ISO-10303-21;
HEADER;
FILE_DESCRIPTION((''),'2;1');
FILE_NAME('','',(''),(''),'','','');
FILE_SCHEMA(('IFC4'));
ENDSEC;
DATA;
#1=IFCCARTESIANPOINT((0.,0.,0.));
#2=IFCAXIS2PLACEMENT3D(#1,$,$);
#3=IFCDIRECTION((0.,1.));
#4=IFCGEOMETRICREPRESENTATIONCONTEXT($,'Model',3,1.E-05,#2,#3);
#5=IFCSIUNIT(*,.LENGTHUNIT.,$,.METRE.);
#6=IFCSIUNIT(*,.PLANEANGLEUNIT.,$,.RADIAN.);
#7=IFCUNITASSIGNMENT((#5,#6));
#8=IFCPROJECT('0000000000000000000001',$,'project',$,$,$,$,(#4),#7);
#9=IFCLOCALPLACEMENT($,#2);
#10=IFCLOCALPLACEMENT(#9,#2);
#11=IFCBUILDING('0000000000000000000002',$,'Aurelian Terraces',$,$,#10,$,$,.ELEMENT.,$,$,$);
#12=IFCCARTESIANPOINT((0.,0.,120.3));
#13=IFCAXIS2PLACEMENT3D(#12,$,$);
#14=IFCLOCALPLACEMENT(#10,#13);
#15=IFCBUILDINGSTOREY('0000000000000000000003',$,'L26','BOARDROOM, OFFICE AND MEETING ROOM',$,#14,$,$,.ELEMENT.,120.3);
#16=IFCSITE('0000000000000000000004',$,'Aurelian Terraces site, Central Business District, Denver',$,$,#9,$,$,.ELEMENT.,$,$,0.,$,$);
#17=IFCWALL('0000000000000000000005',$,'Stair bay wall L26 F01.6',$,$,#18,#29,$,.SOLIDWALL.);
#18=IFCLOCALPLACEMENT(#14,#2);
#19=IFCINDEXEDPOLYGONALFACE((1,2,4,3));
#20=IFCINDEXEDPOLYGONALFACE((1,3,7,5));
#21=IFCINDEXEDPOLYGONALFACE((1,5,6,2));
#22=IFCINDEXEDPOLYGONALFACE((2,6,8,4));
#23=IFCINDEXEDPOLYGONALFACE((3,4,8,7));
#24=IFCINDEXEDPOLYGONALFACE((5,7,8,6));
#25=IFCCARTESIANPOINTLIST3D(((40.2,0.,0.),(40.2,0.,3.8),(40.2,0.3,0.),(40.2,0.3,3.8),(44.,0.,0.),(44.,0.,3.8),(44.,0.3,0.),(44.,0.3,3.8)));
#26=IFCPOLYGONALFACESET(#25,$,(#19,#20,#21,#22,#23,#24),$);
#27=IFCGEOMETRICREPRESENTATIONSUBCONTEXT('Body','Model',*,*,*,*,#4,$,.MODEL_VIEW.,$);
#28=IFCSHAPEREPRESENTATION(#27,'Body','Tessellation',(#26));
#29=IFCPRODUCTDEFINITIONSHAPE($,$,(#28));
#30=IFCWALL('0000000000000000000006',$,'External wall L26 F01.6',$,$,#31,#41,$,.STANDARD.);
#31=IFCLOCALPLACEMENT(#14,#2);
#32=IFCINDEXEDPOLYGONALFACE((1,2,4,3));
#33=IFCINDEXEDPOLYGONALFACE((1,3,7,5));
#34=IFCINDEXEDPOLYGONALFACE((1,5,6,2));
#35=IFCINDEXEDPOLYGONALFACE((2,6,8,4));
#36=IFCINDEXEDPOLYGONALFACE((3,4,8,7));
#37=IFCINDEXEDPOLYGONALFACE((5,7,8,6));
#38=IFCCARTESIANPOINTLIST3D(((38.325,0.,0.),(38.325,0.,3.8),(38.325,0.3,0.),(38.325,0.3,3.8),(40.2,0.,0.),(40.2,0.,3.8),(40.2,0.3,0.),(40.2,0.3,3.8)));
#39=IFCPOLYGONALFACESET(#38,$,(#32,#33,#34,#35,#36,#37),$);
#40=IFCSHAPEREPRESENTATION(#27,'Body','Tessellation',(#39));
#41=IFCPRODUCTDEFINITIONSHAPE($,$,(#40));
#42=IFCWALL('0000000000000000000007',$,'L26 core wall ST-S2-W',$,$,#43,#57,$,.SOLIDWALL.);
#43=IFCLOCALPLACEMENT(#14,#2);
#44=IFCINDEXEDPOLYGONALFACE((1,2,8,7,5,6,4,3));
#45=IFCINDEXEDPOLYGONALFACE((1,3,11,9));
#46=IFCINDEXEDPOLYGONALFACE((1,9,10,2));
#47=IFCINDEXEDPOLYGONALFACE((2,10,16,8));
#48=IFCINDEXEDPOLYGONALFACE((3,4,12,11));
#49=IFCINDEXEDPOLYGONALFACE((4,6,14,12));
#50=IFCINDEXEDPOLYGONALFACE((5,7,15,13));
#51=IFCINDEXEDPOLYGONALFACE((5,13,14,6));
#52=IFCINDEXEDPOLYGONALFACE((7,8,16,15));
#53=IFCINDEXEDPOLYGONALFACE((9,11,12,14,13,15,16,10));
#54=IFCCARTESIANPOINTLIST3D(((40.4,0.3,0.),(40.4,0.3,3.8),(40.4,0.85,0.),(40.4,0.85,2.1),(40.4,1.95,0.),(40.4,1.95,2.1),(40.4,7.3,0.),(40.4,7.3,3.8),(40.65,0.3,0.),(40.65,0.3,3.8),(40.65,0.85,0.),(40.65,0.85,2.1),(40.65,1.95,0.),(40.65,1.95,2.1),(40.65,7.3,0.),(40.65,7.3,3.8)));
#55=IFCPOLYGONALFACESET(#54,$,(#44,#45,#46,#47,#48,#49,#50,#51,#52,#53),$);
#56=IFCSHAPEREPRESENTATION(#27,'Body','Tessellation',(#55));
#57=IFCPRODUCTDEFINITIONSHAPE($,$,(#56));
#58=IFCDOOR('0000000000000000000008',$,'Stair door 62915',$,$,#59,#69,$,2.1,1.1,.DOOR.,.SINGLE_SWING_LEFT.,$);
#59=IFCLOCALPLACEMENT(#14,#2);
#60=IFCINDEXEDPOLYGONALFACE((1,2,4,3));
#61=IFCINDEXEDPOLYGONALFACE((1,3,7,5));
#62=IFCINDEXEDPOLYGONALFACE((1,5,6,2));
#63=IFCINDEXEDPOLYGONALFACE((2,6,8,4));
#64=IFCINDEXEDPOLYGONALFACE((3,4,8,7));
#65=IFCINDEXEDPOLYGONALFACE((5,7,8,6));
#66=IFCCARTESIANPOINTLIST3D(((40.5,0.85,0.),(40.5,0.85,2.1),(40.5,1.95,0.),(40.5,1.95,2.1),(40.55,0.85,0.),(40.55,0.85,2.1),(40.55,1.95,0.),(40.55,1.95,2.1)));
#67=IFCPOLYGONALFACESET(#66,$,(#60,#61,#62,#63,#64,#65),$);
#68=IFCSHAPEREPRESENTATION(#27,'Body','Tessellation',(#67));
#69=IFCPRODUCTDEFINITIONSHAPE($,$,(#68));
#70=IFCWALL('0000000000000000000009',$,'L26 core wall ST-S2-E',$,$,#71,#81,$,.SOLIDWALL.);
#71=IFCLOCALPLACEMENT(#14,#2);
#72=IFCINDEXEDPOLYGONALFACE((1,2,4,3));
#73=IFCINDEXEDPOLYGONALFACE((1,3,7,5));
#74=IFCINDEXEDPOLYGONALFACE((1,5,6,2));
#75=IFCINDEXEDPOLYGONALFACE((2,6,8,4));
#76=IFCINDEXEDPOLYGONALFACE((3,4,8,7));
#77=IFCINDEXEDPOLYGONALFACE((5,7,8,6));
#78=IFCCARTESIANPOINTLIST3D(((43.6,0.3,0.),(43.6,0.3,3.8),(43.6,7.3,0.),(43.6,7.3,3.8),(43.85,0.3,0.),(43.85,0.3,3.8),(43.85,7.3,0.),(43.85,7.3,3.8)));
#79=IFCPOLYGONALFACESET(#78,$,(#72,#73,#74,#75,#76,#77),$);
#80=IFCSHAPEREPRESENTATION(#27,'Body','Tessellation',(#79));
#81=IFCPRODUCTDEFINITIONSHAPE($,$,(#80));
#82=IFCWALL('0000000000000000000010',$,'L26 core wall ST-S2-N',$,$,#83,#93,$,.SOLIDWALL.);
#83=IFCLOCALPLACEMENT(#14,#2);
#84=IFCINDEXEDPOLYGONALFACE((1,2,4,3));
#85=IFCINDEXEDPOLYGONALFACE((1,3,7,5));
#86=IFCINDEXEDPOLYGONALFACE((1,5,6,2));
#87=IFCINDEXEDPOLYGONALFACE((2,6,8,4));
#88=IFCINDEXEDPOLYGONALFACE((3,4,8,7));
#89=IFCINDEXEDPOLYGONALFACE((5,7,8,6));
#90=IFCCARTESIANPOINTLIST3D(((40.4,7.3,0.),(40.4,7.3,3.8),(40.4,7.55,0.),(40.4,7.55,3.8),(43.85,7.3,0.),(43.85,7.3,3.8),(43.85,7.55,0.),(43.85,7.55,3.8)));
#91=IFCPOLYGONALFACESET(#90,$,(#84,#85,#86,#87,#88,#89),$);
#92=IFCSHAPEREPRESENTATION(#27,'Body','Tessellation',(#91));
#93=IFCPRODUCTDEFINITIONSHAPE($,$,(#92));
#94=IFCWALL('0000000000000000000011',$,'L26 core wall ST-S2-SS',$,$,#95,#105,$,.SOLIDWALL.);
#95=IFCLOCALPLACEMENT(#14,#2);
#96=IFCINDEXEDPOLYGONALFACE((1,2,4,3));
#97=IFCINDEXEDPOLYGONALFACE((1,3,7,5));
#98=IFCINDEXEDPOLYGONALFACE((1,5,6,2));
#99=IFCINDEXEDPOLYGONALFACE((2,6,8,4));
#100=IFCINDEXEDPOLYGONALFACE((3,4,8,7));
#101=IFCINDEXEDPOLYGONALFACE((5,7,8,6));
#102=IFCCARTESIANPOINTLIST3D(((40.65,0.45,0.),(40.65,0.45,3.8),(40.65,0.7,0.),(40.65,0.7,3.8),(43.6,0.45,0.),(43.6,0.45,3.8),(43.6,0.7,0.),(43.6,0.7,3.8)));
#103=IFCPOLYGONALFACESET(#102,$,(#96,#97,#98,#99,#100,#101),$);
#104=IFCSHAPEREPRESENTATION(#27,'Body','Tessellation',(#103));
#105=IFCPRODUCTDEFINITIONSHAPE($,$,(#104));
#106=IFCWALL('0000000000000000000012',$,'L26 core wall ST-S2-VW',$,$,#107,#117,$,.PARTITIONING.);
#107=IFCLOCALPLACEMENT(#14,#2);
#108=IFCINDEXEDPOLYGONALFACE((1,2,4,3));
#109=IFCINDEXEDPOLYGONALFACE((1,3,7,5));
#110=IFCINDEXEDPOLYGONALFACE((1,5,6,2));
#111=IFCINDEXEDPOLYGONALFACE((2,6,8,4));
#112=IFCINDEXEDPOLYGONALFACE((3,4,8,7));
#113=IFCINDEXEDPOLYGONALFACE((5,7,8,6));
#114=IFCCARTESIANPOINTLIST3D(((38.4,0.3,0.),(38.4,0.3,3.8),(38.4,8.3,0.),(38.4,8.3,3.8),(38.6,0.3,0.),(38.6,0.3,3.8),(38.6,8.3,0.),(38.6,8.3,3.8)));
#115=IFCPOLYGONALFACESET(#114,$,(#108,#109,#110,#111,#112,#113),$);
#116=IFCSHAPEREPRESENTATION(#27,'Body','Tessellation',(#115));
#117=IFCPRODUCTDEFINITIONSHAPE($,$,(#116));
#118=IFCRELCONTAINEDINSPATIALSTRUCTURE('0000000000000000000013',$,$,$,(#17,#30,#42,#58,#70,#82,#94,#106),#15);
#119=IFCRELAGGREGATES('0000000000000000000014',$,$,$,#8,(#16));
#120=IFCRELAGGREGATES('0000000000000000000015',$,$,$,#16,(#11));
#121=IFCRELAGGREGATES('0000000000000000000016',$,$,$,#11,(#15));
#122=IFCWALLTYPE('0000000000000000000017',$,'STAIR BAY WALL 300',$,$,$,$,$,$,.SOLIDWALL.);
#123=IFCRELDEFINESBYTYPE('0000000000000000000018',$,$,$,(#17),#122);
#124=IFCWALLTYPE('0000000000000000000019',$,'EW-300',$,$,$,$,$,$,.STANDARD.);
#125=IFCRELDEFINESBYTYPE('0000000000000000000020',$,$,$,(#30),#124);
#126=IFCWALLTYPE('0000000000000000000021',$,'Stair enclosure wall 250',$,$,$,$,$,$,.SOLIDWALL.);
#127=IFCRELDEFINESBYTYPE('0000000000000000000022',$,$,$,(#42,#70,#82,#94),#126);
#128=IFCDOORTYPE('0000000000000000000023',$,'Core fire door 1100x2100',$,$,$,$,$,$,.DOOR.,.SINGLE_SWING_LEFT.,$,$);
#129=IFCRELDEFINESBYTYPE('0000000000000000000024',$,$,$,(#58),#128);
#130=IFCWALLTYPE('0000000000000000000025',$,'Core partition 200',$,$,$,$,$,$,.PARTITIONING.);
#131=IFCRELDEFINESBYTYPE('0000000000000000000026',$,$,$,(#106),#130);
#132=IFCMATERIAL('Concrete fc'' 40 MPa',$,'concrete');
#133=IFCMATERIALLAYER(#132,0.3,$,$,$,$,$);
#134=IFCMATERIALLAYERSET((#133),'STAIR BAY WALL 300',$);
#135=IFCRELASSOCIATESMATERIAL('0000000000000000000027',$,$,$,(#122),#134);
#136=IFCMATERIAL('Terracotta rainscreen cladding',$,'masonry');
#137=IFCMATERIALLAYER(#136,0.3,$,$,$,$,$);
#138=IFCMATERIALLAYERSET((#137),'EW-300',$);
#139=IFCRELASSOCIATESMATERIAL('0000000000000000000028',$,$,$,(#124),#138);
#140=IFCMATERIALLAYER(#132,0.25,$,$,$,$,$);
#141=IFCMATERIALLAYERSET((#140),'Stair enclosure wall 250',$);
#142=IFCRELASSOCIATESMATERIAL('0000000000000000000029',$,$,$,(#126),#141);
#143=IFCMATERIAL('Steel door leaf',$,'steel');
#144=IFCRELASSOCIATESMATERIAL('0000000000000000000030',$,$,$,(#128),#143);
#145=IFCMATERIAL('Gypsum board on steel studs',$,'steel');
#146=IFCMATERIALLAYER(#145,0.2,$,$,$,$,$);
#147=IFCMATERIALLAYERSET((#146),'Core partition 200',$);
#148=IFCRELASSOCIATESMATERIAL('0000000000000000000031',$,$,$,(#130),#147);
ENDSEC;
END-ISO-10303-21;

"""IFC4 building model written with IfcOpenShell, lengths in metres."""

from ifc_helpers import new_model, si_unit, direction, frame, frame_2d, origin, place, context, subcontext, project, spatial, rectangle, extrude, source, transform, mapped, material, layer, layer_set, type_object, element, fill, save


model = new_model("IFC4")

# Units and contexts
model_context = context("Model", 3, precision=1e-05, world=origin(), true_north=direction((0.0, 1.0)))
body_context = subcontext(model_context, "Body", "Model", "MODEL_VIEW")
ifc_project = project(units=[si_unit("LENGTHUNIT", "METRE"), si_unit("PLANEANGLEUNIT", "RADIAN")], contexts=[model_context])

# Site, building, storey
site_placement = place(None, origin())
site = spatial("IfcSite", under=ifc_project, at=site_placement, Name="Aurelian Terraces site, Central Business District, Denver", CompositionType="ELEMENT", RefElevation=0.0)
building_placement = place(site_placement, origin())
building = spatial("IfcBuilding", under=site, at=building_placement, Name="Aurelian Terraces", CompositionType="ELEMENT")
storey_placement = place(building_placement, frame((0.0, 0.0, 120.3)))
storey = spatial("IfcBuildingStorey", under=building, at=storey_placement, Name="L26", Description="BOARDROOM, OFFICE AND MEETING ROOM", CompositionType="ELEMENT", Elevation=120.3)

# Walls
ifc_material_1 = material(Name="Concrete fc' 40 MPa", Category="concrete")
ifc_layer_1 = layer(ifc_material_1, 0.3)
ifc_layer_set_1 = layer_set([ifc_layer_1], Name="STAIR BAY WALL 300")
wall_type_1 = type_object("IfcWallType", Name="STAIR BAY WALL 300", PredefinedType="SOLIDWALL", material=ifc_layer_set_1)
shared_shape_1 = source(origin(), body_context, "Body", "SweptSolid", [
    extrude(rectangle(XDim=3.8, YDim=0.3, at=frame_2d((1.9, 0.0))), origin(), (0.0, 0.0, 1.0), 3.8),
])
wall_1_placement = place(storey_placement, frame((40.2, 0.15, 0.0), z_axis=(0.0, 0.0, 1.0), x_axis=(1.0, 0.0, 0.0)))
element("IfcWall", 1, at=wall_1_placement, inside=storey, type_object=wall_type_1, Name="Stair bay wall L26 F01.6", PredefinedType="SOLIDWALL", context=body_context, shape_type="MappedRepresentation", body=[
    mapped(shared_shape_1, transform((0.0, 0.0, 0.0), scale=1.0)),
])
ifc_material_2 = material(Name="Terracotta rainscreen cladding", Category="masonry")
ifc_layer_2 = layer(ifc_material_2, 0.3)
ifc_layer_set_2 = layer_set([ifc_layer_2], Name="EW-300")
wall_type_2 = type_object("IfcWallType", Name="EW-300", PredefinedType="STANDARD", material=ifc_layer_set_2)
shared_shape_2 = source(origin(), body_context, "Body", "SweptSolid", [
    extrude(rectangle(XDim=1.875, YDim=0.3, at=frame_2d((0.9375, 0.0))), origin(), (0.0, 0.0, 1.0), 3.8),
])
wall_2_placement = place(storey_placement, frame((38.325, 0.15, 0.0), z_axis=(0.0, 0.0, 1.0), x_axis=(1.0, 0.0, 0.0)))
element("IfcWall", 2, at=wall_2_placement, inside=storey, type_object=wall_type_2, Name="External wall L26 F01.6", PredefinedType="STANDARD", context=body_context, shape_type="MappedRepresentation", body=[
    mapped(shared_shape_2, transform((0.0, 0.0, 0.0), scale=1.0)),
])

# Wall, opening, door
ifc_layer_3 = layer(ifc_material_1, 0.25)
ifc_layer_set_3 = layer_set([ifc_layer_3], Name="Stair enclosure wall 250")
wall_type_3 = type_object("IfcWallType", Name="Stair enclosure wall 250", PredefinedType="SOLIDWALL", material=ifc_layer_set_3)
shared_shape_3 = source(origin(), body_context, "Body", "SweptSolid", [
    extrude(rectangle(XDim=7.0, YDim=0.25, at=frame_2d((3.5, 0.0))), origin(), (0.0, 0.0, 1.0), 3.8),
])
wall_3_placement = place(storey_placement, frame((40.525, 0.3, 0.0), z_axis=(0.0, 0.0, 1.0), x_axis=(0.0, 1.0, 0.0)))
wall_3 = element("IfcWall", 3, at=wall_3_placement, inside=storey, type_object=wall_type_3, Name="L26 core wall ST-S2-W", PredefinedType="SOLIDWALL", context=body_context, shape_type="MappedRepresentation", body=[
    mapped(shared_shape_3, transform((0.0, 0.0, 0.0), scale=1.0)),
])
shared_shape_4 = source(origin(), body_context, "Body", "SweptSolid", [
    extrude(rectangle(XDim=1.1, YDim=2.1, at=frame_2d((0.55, 1.05))), frame((0.0, 0.135, 0.0), z_axis=(0.0, -1.0, 0.0), x_axis=(1.0, 0.0, 0.0)), (0.0, 0.0, 1.0), 0.27),
])
opening_1_placement = place(wall_3_placement, frame((0.55, 0.0, 0.0)))
opening_1 = element("IfcOpeningElement", 4, at=opening_1_placement, cuts=wall_3, PredefinedType="OPENING", context=body_context, shape_type="MappedRepresentation", body=[
    mapped(shared_shape_4, transform((0.0, 0.0, 0.0), scale=1.0)),
])
ifc_material_3 = material(Name="Steel door leaf", Category="steel")
door_type_1 = type_object("IfcDoorType", Name="Core fire door 1100x2100", OperationType="SINGLE_SWING_LEFT", PredefinedType="DOOR", material=ifc_material_3)
shared_shape_5 = source(origin(), body_context, "Body", "SweptSolid", [
    extrude(rectangle(XDim=1.1, YDim=2.1, at=frame_2d((0.55, 1.05))), frame((0.0, 0.025, 0.0), z_axis=(0.0, -1.0, 0.0), x_axis=(1.0, 0.0, 0.0)), (0.0, 0.0, 1.0), 0.05),
])
door_1_placement = place(opening_1_placement, origin())
door_1 = element("IfcDoor", 5, at=door_1_placement, inside=storey, type_object=door_type_1, Name="Stair door 62915", OperationType="SINGLE_SWING_LEFT", OverallHeight=2.1, OverallWidth=1.1, PredefinedType="DOOR", context=body_context, shape_type="MappedRepresentation", body=[
    mapped(shared_shape_5, transform((0.0, 0.0, 0.0), scale=1.0)),
])
fill(opening_1, door_1)

# Walls
wall_4_placement = place(storey_placement, frame((43.725, 0.3, 0.0), z_axis=(0.0, 0.0, 1.0), x_axis=(0.0, 1.0, 0.0)))
element("IfcWall", 6, at=wall_4_placement, inside=storey, type_object=wall_type_3, Name="L26 core wall ST-S2-E", PredefinedType="SOLIDWALL", context=body_context, shape_type="MappedRepresentation", body=[
    mapped(shared_shape_3, transform((0.0, 0.0, 0.0), scale=1.0)),
])
shared_shape_6 = source(origin(), body_context, "Body", "SweptSolid", [
    extrude(rectangle(XDim=3.45, YDim=0.25, at=frame_2d((1.725, 0.0))), origin(), (0.0, 0.0, 1.0), 3.8),
])
wall_5_placement = place(storey_placement, frame((40.4, 7.425, 0.0), z_axis=(0.0, 0.0, 1.0), x_axis=(1.0, 0.0, 0.0)))
element("IfcWall", 7, at=wall_5_placement, inside=storey, type_object=wall_type_3, Name="L26 core wall ST-S2-N", PredefinedType="SOLIDWALL", context=body_context, shape_type="MappedRepresentation", body=[
    mapped(shared_shape_6, transform((0.0, 0.0, 0.0), scale=1.0)),
])
shared_shape_7 = source(origin(), body_context, "Body", "SweptSolid", [
    extrude(rectangle(XDim=2.95, YDim=0.25, at=frame_2d((1.475, 0.0))), origin(), (0.0, 0.0, 1.0), 3.8),
])
wall_6_placement = place(storey_placement, frame((40.65, 0.575, 0.0), z_axis=(0.0, 0.0, 1.0), x_axis=(1.0, 0.0, 0.0)))
element("IfcWall", 8, at=wall_6_placement, inside=storey, type_object=wall_type_3, Name="L26 core wall ST-S2-SS", PredefinedType="SOLIDWALL", context=body_context, shape_type="MappedRepresentation", body=[
    mapped(shared_shape_7, transform((0.0, 0.0, 0.0), scale=1.0)),
])
ifc_material_4 = material(Name="Gypsum board on steel studs", Category="steel")
ifc_layer_4 = layer(ifc_material_4, 0.2)
ifc_layer_set_4 = layer_set([ifc_layer_4], Name="Core partition 200")
wall_type_4 = type_object("IfcWallType", Name="Core partition 200", PredefinedType="PARTITIONING", material=ifc_layer_set_4)
shared_shape_8 = source(origin(), body_context, "Body", "SweptSolid", [
    extrude(rectangle(XDim=8.0, YDim=0.2, at=frame_2d((4.0, 0.0))), origin(), (0.0, 0.0, 1.0), 3.8),
])
wall_7_placement = place(storey_placement, frame((38.5, 0.3, 0.0), z_axis=(0.0, 0.0, 1.0), x_axis=(0.0, 1.0, 0.0)))
element("IfcWall", 9, at=wall_7_placement, inside=storey, type_object=wall_type_4, Name="L26 core wall ST-S2-VW", PredefinedType="PARTITIONING", context=body_context, shape_type="MappedRepresentation", body=[
    mapped(shared_shape_8, transform((0.0, 0.0, 0.0), scale=1.0)),
])

save(model, "model.ifc")
